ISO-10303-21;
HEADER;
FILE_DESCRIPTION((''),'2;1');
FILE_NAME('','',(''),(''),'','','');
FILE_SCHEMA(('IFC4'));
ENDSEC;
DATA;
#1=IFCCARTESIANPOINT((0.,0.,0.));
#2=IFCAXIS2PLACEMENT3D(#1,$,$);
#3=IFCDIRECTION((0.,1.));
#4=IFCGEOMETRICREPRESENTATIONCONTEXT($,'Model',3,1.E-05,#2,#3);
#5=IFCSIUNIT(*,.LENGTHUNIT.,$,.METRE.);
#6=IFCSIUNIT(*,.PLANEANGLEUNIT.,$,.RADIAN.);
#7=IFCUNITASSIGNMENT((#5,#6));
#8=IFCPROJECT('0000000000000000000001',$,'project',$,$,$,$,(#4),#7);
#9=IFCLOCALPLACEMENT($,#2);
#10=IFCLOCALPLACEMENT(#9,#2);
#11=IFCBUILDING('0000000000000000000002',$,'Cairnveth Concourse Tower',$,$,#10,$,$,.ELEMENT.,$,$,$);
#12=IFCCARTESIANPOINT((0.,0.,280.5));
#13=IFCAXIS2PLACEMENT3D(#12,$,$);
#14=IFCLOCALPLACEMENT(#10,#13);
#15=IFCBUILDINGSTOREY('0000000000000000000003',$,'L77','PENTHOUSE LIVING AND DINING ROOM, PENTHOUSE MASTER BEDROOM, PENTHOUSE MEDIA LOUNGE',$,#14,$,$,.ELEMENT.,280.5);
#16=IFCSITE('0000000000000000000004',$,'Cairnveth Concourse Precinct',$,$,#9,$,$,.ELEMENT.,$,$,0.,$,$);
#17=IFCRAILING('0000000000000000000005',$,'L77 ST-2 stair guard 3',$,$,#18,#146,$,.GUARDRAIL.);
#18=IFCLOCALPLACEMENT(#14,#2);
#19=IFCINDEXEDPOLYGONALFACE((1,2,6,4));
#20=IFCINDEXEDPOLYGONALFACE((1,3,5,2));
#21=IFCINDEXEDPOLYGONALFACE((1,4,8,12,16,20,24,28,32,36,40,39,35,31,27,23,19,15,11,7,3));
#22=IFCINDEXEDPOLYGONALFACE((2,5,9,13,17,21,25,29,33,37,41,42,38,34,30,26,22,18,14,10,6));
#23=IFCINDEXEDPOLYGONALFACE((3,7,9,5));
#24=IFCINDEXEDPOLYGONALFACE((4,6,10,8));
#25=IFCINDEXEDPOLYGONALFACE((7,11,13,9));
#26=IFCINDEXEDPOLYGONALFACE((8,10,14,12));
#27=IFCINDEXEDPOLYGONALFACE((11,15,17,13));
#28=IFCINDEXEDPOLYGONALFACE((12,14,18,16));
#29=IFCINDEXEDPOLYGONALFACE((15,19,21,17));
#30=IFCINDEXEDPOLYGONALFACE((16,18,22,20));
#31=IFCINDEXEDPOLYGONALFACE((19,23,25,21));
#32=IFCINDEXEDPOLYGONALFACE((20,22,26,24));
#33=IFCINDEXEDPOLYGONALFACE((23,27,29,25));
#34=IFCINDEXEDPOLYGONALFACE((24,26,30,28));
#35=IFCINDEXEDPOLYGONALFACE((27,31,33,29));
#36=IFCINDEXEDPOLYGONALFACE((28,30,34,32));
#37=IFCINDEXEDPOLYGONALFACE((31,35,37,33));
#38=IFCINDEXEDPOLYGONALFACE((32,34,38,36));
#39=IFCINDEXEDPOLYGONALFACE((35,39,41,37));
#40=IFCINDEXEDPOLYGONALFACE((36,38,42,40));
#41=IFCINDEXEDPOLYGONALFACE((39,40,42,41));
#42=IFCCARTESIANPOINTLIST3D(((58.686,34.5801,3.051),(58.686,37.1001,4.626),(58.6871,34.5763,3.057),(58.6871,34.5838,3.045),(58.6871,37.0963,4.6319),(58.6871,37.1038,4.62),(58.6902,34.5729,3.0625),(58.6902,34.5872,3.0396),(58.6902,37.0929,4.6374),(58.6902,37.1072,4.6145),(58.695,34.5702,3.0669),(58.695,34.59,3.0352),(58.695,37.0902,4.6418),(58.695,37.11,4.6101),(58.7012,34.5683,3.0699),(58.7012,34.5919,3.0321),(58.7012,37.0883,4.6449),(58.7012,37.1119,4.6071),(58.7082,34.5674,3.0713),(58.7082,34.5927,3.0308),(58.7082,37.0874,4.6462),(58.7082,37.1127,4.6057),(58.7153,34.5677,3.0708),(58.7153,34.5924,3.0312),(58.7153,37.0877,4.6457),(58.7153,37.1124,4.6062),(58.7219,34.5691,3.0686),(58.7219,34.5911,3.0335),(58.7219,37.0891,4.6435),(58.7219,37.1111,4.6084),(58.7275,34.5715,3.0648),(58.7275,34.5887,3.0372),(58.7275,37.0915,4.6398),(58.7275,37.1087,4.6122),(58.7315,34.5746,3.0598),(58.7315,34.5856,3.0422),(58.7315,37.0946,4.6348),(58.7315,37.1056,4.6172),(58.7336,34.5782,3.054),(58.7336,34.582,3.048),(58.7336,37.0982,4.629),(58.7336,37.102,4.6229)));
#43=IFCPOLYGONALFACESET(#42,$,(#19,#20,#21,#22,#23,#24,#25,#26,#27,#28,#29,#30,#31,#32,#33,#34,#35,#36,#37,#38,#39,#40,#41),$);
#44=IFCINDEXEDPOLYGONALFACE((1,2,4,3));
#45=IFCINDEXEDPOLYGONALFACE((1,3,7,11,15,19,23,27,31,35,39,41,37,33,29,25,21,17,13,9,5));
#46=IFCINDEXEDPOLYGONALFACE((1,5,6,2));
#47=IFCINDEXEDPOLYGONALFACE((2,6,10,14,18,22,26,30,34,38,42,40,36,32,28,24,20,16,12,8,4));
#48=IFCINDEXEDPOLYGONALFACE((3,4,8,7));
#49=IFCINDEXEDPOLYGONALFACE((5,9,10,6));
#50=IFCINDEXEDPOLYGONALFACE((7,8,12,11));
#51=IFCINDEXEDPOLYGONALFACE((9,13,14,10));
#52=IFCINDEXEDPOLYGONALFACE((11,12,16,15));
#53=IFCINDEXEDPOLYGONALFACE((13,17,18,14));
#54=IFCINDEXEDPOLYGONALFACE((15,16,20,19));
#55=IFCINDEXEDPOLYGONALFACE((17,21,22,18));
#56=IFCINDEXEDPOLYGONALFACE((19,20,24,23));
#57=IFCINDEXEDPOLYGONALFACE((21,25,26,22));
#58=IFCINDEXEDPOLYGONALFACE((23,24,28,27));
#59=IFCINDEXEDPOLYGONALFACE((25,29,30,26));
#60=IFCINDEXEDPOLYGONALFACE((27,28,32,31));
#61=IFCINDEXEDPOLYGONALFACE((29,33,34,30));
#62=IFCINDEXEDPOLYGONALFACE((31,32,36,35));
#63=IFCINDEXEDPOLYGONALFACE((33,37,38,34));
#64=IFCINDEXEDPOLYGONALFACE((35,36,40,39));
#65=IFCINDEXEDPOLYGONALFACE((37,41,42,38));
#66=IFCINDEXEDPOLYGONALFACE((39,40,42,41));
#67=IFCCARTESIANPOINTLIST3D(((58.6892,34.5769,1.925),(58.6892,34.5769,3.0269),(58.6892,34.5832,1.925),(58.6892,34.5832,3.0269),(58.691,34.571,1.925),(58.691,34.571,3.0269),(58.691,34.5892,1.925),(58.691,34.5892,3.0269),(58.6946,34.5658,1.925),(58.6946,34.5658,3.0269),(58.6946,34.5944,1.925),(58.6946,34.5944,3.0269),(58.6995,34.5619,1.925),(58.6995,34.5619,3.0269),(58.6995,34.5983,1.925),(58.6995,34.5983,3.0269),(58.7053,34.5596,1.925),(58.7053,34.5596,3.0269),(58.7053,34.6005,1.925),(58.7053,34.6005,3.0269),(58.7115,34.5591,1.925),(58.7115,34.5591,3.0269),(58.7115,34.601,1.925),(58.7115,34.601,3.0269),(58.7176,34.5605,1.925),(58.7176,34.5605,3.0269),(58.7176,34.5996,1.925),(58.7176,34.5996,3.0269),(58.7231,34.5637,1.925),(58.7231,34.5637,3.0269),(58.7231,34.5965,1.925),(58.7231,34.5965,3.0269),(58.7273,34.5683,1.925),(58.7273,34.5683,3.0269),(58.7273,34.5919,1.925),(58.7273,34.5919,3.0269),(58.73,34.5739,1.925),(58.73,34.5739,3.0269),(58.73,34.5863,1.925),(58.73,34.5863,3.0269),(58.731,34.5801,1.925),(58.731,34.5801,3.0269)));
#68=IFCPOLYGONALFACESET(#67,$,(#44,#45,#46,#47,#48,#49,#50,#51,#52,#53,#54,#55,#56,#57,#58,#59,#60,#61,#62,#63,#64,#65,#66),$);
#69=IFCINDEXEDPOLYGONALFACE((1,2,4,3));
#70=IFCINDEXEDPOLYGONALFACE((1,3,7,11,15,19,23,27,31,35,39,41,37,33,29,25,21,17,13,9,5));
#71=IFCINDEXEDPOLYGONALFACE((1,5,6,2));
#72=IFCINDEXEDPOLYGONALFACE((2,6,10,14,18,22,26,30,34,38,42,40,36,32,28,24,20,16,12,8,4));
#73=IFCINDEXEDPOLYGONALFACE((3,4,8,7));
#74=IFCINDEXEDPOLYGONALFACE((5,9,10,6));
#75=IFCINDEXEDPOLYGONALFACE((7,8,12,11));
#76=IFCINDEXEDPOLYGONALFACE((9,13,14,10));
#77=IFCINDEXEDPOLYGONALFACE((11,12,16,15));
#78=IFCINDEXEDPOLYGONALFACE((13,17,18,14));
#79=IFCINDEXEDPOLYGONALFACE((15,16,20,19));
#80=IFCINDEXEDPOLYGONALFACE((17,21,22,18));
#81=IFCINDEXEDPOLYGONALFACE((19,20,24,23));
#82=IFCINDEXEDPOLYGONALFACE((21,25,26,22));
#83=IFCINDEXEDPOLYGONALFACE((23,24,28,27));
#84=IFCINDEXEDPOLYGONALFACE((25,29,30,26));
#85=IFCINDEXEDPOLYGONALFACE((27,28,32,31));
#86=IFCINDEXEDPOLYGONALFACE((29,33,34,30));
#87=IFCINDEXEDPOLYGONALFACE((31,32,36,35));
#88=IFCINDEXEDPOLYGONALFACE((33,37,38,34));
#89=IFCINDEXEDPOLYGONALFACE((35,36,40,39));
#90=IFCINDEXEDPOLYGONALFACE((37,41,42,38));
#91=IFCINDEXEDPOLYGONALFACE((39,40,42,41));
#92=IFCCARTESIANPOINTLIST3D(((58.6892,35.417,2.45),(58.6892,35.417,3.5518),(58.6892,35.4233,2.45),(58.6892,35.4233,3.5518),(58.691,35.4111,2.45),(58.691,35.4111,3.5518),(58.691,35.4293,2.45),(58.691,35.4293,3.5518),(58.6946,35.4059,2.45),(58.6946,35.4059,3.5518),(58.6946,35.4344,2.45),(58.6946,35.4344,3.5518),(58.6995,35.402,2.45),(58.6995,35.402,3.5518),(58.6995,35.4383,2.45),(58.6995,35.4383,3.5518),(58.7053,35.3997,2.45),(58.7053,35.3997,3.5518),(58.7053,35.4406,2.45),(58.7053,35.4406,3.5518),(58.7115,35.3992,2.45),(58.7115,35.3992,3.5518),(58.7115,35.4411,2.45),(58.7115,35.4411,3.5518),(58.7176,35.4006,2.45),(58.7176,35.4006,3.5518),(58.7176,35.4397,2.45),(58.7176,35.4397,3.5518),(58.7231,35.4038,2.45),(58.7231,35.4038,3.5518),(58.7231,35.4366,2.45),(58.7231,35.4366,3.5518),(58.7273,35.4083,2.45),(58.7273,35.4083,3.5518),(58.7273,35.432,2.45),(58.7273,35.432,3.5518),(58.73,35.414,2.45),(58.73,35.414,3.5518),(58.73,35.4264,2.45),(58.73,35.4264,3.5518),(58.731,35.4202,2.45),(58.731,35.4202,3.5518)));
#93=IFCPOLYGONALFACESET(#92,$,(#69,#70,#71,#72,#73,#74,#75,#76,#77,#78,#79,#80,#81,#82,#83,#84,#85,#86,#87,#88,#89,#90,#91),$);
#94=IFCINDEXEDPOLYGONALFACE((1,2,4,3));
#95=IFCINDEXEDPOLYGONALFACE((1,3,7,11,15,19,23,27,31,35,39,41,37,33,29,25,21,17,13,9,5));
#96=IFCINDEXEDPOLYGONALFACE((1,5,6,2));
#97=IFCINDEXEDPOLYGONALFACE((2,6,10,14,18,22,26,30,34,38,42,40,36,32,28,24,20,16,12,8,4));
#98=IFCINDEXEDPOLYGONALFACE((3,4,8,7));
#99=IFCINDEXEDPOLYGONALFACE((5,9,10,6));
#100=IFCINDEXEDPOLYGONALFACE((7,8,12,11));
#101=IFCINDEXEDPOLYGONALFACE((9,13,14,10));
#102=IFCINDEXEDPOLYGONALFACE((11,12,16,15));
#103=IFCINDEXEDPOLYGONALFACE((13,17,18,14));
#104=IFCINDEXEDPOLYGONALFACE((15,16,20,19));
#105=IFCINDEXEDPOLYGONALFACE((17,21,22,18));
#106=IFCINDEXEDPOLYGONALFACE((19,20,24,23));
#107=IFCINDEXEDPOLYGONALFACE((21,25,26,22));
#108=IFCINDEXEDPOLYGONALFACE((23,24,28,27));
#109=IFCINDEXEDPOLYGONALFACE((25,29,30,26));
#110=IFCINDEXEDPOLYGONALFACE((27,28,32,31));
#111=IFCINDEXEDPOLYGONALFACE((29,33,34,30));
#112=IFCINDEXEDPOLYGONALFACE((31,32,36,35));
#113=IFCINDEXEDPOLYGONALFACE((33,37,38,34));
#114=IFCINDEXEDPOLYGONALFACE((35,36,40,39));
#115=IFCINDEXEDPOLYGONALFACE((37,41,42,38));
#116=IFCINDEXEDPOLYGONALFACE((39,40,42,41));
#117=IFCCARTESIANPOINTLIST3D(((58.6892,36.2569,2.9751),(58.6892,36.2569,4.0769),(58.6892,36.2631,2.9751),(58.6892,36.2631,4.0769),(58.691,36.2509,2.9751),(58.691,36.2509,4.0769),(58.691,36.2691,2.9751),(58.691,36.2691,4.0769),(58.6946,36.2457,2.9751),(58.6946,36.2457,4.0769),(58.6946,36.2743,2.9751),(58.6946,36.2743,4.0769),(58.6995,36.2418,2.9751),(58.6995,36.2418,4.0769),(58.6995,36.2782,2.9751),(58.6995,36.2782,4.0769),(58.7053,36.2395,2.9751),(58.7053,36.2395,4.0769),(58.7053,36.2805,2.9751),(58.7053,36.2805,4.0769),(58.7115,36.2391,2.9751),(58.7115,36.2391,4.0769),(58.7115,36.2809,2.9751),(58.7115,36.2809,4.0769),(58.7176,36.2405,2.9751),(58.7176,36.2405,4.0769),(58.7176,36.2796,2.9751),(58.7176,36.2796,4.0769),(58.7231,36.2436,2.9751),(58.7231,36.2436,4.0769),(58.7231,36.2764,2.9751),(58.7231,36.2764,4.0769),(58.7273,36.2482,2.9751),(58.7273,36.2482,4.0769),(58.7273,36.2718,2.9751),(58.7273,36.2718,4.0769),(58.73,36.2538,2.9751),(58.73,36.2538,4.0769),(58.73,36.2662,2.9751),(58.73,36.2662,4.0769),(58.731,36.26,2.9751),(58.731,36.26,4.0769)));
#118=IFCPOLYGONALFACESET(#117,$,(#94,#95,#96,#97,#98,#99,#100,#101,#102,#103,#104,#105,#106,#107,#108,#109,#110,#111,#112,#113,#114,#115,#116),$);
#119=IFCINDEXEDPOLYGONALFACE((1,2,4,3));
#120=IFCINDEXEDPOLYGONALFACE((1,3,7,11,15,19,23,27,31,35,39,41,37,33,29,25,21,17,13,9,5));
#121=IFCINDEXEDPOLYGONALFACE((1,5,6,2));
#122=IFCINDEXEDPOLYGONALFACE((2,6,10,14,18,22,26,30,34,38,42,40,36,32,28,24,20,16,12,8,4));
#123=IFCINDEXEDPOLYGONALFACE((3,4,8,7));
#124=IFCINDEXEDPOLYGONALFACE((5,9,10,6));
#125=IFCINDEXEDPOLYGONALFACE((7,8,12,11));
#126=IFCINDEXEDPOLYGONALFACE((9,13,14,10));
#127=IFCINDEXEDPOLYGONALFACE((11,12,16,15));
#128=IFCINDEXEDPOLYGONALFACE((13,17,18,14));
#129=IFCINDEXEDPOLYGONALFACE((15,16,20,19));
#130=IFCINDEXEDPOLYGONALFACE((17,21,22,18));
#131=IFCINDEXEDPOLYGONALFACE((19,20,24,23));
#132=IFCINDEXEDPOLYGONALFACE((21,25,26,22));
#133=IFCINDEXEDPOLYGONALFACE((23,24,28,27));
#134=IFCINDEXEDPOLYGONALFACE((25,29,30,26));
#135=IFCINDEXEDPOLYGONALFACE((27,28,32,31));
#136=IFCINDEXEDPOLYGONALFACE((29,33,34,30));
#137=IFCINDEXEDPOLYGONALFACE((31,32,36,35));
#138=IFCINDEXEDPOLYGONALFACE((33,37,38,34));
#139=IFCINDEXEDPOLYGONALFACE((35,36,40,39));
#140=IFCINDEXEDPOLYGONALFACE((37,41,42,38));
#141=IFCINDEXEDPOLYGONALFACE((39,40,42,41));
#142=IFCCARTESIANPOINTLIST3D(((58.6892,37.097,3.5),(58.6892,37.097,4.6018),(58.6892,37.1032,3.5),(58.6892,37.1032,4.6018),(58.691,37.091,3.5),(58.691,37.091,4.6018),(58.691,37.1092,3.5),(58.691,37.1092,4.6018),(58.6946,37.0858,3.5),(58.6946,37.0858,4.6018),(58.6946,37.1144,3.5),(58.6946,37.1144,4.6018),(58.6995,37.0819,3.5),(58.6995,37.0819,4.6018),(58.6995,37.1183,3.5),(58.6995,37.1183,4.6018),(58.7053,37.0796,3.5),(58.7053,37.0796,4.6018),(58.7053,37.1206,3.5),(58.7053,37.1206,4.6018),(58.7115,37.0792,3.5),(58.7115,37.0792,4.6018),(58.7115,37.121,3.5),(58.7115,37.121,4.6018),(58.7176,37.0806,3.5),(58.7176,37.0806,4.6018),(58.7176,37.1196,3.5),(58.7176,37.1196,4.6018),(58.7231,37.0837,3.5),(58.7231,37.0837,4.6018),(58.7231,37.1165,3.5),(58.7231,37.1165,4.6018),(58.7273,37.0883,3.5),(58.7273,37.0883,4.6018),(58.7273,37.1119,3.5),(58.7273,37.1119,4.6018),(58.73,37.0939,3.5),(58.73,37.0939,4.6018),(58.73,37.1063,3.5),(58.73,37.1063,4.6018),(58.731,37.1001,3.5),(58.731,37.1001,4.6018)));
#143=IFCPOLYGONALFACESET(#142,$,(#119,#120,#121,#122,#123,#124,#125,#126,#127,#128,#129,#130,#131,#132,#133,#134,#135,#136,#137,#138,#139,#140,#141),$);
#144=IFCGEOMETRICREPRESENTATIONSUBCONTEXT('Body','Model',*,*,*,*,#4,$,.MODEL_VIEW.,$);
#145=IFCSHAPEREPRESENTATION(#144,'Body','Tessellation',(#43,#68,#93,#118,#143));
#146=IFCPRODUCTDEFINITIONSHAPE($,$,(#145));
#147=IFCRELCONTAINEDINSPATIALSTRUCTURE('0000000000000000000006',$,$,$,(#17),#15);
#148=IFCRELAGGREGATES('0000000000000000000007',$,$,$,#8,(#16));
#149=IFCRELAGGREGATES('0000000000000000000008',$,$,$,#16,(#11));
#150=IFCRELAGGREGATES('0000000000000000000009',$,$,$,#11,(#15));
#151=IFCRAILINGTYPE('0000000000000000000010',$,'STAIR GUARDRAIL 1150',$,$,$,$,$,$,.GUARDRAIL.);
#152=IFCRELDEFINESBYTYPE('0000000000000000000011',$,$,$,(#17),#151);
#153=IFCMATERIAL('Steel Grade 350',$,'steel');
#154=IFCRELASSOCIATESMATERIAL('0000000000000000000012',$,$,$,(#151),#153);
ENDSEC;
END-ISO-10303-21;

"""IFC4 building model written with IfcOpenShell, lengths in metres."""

from ifc_helpers import new_model, si_unit, direction, frame, origin, origin_2d, place, context, subcontext, project, spatial, circle, extrude, material, type_object, element, save


model = new_model("IFC4")

# Units and contexts
model_context = context("Model", 3, precision=1e-05, world=origin(), true_north=direction((0.0, 1.0)))
body_context = subcontext(model_context, "Body", "Model", "MODEL_VIEW")
ifc_project = project(units=[si_unit("LENGTHUNIT", "METRE"), si_unit("PLANEANGLEUNIT", "RADIAN")], contexts=[model_context])

# Site, building, storey
site_placement = place(None, origin())
site = spatial("IfcSite", under=ifc_project, at=site_placement, Name="Cairnveth Concourse Precinct", CompositionType="ELEMENT", RefElevation=0.0)
building_placement = place(site_placement, origin())
building = spatial("IfcBuilding", under=site, at=building_placement, Name="Cairnveth Concourse Tower", CompositionType="ELEMENT")
storey_placement = place(building_placement, frame((0.0, 0.0, 280.5)))
storey = spatial("IfcBuildingStorey", under=building, at=storey_placement, Name="L77", Description="PENTHOUSE LIVING AND DINING ROOM, PENTHOUSE MASTER BEDROOM, PENTHOUSE MEDIA LOUNGE", CompositionType="ELEMENT", Elevation=280.5)

# Shared definitions
ifc_material_1 = material(Name="Steel Grade 350", Category="steel")

# Railing
railing_type_1 = type_object("IfcRailingType", Name="STAIR GUARDRAIL 1150", PredefinedType="GUARDRAIL", material=ifc_material_1)
railing_1_placement = place(storey_placement, frame((58.71, 34.5801, 1.925)))
element("IfcRailing", 1, at=railing_1_placement, inside=storey, type_object=railing_type_1, Name="L77 ST-2 stair guard 3", PredefinedType="GUARDRAIL", context=body_context, shape_type="SweptSolid", body=[
    extrude(circle(Radius=0.0239, at=origin_2d()), frame((0.0, 0.0, 1.126), z_axis=(0.0, 0.848008, 0.529984), x_axis=(-1.0, 0.0, 0.0)), (0.0, 0.0, 1.0), 2.9717),
    extrude(circle(Radius=0.021, at=origin_2d()), origin(), (0.0, 0.0, 1.0), 1.1018),
    extrude(circle(Radius=0.021, at=origin_2d()), frame((0.0, 0.8401, 0.5249)), (0.0, 0.0, 1.0), 1.1018),
    extrude(circle(Radius=0.021, at=origin_2d()), frame((0.0, 1.6799, 1.05)), (0.0, 0.0, 1.0), 1.1018),
    extrude(circle(Radius=0.021, at=origin_2d()), frame((0.0, 2.52, 1.575)), (0.0, 0.0, 1.0), 1.1018),
])

save(model, "model.ifc")
